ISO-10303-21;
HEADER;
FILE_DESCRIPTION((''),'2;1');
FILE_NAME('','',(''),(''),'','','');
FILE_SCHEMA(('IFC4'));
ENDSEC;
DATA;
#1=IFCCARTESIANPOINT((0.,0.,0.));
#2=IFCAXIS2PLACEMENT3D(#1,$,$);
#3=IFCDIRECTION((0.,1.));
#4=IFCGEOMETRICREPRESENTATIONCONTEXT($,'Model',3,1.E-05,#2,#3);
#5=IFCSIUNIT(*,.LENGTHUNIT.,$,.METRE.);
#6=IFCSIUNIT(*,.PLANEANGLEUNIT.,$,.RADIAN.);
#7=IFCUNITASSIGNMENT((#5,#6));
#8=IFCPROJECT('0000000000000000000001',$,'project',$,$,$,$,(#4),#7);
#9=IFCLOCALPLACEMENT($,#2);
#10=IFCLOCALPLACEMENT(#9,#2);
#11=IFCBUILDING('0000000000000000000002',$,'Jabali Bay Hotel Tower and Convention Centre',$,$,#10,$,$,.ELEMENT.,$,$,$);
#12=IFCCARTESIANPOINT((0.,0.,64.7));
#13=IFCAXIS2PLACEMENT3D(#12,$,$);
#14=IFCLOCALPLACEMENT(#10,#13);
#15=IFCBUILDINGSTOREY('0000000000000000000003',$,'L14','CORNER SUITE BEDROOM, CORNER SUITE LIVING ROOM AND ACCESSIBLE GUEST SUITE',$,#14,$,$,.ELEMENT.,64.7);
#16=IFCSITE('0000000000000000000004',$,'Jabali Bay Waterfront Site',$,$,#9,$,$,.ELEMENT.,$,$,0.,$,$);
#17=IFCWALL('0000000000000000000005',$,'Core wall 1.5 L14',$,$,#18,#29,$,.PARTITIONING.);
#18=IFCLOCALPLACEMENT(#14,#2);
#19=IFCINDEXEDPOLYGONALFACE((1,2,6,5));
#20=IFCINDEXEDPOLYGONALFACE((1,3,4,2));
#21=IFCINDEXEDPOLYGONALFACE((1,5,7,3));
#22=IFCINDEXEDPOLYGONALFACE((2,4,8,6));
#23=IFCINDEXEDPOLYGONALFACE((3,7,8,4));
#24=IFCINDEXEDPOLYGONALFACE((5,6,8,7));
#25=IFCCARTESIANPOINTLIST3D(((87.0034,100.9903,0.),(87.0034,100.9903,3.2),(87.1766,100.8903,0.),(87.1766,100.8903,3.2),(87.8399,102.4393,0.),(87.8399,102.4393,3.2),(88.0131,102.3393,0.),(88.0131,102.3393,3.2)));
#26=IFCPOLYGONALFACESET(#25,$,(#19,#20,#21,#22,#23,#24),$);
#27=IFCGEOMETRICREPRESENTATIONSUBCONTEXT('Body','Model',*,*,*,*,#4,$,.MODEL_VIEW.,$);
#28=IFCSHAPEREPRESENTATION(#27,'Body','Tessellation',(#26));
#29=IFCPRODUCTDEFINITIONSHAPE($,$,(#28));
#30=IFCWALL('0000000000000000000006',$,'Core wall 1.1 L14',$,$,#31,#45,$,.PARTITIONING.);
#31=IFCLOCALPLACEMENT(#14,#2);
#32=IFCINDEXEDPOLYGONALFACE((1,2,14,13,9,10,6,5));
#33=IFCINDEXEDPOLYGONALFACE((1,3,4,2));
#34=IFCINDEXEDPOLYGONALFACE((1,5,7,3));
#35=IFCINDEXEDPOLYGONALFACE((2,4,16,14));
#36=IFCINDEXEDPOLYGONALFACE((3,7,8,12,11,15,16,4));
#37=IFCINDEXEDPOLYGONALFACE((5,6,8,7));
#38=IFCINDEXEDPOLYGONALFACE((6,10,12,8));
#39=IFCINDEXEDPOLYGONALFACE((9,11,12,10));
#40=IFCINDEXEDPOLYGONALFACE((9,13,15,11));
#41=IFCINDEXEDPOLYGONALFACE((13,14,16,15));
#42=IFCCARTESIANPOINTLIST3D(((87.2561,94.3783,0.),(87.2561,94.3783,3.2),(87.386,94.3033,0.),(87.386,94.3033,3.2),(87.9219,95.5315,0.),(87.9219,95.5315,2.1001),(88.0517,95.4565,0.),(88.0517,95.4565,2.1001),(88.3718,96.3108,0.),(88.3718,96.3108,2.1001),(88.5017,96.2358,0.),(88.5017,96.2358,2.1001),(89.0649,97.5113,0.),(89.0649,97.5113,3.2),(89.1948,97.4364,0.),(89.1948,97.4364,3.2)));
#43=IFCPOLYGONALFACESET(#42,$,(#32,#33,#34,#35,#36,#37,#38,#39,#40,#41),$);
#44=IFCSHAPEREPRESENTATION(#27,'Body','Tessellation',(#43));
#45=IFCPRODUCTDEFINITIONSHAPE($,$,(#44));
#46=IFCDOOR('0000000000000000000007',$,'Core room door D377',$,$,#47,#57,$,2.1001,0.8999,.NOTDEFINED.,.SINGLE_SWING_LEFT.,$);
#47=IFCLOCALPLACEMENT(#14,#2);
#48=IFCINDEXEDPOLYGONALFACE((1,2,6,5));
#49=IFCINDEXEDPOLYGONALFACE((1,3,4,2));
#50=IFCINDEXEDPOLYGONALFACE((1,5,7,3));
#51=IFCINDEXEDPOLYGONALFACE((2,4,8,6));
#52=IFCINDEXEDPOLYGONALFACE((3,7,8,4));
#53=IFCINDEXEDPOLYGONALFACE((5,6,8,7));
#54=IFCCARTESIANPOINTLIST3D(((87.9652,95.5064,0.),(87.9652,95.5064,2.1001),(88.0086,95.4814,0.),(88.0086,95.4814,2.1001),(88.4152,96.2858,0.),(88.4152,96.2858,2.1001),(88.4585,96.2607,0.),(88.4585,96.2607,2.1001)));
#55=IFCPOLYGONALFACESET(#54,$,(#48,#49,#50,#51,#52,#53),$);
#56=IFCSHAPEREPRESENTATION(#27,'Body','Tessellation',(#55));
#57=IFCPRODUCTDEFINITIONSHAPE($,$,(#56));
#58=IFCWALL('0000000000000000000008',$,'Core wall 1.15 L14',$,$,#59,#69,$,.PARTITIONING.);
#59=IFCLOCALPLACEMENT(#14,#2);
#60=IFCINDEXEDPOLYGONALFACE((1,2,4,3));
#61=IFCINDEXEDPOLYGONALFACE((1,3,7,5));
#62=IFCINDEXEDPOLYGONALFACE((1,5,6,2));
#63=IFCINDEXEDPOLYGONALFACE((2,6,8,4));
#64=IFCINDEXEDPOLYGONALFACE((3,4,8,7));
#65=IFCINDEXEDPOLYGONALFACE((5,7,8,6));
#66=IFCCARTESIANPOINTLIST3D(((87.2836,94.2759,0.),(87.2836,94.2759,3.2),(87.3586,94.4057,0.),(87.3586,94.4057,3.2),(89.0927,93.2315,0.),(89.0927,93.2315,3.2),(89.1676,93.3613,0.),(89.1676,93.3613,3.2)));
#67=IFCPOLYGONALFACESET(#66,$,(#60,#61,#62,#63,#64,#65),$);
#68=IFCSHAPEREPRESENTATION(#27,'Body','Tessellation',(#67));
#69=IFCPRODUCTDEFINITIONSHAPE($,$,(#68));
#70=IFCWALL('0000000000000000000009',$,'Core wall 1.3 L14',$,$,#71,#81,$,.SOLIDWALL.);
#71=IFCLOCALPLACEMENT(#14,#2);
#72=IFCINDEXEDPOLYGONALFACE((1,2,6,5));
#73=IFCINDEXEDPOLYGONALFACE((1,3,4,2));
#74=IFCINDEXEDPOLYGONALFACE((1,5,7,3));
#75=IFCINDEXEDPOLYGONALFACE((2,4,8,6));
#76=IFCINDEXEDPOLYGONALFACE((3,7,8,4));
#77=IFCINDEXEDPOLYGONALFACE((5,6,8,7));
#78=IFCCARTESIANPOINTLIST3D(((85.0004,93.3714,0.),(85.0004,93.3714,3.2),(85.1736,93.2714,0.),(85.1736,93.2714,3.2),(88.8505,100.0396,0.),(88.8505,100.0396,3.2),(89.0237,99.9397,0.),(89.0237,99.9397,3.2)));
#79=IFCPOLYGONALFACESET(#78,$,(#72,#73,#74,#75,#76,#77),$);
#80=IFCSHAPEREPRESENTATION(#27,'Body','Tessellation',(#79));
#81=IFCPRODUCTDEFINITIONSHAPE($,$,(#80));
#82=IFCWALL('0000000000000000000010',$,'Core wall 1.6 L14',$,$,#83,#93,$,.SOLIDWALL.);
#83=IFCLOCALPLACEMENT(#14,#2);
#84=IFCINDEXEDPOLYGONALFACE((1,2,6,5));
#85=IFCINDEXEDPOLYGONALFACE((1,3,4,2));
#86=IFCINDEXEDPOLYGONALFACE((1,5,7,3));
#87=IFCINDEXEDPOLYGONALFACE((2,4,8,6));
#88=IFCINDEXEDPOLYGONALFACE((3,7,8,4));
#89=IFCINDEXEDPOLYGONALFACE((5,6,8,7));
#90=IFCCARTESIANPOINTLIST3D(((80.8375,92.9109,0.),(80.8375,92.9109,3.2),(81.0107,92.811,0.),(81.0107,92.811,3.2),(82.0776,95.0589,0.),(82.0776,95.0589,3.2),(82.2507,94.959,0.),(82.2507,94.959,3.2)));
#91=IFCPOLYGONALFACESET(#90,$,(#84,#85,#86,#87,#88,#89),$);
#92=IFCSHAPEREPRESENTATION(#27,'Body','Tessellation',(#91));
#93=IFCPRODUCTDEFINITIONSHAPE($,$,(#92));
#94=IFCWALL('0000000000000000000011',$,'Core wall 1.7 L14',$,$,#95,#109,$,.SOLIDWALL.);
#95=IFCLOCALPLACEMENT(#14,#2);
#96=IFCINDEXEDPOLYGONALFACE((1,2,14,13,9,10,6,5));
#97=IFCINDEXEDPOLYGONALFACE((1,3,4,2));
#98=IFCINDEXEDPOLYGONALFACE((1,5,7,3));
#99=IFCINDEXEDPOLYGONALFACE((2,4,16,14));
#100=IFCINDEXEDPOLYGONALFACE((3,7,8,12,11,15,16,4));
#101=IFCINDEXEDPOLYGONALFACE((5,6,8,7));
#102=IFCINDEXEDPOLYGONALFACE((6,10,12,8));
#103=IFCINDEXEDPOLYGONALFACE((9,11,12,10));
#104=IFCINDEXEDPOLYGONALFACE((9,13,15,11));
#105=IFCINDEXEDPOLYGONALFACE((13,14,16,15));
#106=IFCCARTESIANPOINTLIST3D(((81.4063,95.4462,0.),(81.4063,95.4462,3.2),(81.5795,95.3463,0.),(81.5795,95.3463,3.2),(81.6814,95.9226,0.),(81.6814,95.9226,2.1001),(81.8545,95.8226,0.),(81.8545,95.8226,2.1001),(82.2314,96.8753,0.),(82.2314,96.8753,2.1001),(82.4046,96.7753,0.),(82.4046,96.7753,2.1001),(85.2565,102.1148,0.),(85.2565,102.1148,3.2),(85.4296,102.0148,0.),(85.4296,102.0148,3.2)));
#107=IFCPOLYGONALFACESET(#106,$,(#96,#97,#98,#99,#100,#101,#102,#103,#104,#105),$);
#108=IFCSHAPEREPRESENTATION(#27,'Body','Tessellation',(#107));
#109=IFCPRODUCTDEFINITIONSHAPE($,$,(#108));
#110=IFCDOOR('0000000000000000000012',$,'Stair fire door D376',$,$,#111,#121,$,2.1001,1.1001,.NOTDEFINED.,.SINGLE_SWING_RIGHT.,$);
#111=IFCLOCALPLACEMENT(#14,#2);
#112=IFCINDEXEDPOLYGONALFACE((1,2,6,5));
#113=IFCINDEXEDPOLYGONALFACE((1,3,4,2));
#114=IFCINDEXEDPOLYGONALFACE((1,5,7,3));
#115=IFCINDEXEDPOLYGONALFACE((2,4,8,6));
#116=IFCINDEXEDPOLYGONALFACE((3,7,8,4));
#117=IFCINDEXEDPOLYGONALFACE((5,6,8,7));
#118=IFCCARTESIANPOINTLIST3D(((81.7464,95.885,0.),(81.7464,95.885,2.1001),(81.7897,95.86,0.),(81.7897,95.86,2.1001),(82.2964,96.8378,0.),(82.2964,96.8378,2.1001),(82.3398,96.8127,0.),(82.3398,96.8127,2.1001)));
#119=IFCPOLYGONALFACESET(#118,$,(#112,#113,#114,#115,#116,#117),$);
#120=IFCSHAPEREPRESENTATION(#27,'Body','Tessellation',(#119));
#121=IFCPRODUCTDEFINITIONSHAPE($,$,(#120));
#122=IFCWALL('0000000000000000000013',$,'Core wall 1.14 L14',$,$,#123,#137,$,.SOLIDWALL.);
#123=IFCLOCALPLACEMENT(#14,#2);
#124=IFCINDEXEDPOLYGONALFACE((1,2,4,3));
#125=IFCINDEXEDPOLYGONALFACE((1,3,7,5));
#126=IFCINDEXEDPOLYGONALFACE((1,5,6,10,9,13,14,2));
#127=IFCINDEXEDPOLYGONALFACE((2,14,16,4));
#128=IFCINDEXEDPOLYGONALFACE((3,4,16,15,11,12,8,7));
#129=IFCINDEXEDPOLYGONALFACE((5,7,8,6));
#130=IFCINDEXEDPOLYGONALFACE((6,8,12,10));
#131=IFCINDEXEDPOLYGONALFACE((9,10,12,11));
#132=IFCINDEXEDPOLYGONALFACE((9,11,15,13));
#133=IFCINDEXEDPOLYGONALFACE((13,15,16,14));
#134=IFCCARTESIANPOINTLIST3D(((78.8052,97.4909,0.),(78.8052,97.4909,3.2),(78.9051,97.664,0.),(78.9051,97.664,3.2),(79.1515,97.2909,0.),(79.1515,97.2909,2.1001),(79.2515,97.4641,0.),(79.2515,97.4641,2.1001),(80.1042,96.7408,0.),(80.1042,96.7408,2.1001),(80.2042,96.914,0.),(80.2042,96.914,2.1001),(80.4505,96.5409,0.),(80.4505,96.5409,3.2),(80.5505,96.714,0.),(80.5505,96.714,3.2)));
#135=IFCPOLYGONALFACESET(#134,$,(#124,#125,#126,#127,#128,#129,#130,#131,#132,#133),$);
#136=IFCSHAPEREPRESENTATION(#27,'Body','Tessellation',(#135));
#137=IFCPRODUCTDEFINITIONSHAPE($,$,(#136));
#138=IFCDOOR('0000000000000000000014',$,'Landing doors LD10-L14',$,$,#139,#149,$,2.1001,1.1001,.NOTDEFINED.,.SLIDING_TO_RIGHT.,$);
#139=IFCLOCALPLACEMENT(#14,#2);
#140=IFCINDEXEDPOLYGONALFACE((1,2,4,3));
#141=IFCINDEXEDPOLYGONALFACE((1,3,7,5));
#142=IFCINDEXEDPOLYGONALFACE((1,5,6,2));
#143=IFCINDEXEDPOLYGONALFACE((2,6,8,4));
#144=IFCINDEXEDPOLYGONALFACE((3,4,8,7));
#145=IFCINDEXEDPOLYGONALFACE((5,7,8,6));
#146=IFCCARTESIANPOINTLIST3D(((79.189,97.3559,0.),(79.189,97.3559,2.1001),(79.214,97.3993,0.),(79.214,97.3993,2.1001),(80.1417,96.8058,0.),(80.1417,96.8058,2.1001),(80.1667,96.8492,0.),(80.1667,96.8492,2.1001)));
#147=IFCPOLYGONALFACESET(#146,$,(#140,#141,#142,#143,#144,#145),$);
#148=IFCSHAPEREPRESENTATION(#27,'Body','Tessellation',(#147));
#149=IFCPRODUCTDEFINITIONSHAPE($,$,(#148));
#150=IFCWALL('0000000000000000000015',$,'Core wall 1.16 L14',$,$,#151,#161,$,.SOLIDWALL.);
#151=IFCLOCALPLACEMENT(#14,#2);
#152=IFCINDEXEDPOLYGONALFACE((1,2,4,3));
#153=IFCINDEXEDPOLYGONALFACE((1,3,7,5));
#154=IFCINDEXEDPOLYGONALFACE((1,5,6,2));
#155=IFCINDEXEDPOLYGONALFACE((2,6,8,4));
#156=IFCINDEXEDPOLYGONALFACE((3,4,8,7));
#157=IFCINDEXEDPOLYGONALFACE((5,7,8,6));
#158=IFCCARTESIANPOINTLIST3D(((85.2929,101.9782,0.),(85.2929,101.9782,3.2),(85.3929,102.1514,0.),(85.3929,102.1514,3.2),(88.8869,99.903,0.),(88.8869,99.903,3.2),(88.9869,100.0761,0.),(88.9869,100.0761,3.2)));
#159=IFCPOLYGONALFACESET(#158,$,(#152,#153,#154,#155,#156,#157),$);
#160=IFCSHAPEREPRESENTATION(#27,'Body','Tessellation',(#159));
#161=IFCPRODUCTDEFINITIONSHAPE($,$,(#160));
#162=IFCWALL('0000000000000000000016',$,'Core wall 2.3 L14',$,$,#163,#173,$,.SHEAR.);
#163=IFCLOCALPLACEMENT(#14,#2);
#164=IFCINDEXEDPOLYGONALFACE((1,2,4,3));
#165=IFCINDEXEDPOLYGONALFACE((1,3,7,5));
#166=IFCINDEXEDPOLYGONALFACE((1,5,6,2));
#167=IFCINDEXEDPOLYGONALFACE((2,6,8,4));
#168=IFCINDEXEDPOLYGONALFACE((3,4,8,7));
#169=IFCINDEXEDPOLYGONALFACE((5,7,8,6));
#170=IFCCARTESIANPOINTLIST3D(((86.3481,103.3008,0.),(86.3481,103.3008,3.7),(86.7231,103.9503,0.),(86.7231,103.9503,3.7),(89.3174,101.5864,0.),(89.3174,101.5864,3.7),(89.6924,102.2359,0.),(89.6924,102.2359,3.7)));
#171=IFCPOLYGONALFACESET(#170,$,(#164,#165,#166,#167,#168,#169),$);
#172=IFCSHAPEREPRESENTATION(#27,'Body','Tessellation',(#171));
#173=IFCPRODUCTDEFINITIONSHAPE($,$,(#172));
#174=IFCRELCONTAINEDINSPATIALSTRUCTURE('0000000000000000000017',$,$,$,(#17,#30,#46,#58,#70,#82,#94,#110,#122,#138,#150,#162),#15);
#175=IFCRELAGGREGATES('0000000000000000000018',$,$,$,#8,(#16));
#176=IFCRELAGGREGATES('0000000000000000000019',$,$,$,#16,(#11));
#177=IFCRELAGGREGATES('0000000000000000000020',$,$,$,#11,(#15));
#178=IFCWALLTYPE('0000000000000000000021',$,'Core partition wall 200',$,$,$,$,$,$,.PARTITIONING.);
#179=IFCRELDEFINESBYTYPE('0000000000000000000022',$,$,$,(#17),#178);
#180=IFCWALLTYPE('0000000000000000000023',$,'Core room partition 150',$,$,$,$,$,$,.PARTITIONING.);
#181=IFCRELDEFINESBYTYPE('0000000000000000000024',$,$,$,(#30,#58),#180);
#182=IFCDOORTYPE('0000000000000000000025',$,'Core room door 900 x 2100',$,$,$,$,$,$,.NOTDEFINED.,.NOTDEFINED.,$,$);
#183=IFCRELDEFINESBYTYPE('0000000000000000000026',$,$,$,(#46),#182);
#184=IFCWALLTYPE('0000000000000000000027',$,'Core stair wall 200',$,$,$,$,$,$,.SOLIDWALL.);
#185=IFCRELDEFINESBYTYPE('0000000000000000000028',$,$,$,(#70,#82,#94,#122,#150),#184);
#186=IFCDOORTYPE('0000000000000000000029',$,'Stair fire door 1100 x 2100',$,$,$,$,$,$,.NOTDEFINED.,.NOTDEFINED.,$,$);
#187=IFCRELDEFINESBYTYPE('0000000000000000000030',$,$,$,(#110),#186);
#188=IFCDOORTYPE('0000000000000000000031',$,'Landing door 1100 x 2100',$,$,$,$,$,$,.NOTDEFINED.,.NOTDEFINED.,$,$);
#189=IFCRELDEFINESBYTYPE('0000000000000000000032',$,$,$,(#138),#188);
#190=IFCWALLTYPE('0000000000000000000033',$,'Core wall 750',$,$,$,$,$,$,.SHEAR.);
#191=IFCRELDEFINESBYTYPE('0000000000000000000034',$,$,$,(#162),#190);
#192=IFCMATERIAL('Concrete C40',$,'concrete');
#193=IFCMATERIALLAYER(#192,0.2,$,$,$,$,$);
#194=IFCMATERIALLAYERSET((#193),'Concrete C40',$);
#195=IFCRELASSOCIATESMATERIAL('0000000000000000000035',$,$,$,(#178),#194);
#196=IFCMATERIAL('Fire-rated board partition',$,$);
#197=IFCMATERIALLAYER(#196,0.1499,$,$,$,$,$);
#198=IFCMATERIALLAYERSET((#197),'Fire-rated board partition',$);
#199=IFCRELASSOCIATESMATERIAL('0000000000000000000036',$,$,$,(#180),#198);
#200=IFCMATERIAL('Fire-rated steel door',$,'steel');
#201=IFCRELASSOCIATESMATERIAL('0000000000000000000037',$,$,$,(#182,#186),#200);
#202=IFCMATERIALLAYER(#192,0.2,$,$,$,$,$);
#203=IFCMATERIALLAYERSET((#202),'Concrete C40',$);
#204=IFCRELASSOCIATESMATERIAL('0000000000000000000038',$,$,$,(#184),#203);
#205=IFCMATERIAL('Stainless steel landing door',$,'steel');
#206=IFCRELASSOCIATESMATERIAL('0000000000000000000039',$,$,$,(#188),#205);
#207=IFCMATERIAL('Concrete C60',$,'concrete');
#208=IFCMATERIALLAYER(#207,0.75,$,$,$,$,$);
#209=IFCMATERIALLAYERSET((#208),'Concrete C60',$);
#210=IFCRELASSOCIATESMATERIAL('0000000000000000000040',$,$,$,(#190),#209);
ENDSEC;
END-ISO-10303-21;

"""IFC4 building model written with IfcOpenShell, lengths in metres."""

from ifc_helpers import new_model, si_unit, direction, frame, frame_2d, origin, place, context, subcontext, project, spatial, rectangle, extrude, material, layer, layer_set, type_object, element, fill, save


model = new_model("IFC4")

# Units and contexts
model_context = context("Model", 3, precision=1e-05, world=origin(), true_north=direction((0.0, 1.0)))
body_context = subcontext(model_context, "Body", "Model", "MODEL_VIEW")
ifc_project = project(units=[si_unit("LENGTHUNIT", "METRE"), si_unit("PLANEANGLEUNIT", "RADIAN")], contexts=[model_context])

# Site, building, storey
site_placement = place(None, origin())
site = spatial("IfcSite", under=ifc_project, at=site_placement, Name="Jabali Bay Waterfront Site", CompositionType="ELEMENT", RefElevation=0.0)
building_placement = place(site_placement, origin())
building = spatial("IfcBuilding", under=site, at=building_placement, Name="Jabali Bay Hotel Tower and Convention Centre", CompositionType="ELEMENT")
storey_placement = place(building_placement, frame((0.0, 0.0, 64.7)))
storey = spatial("IfcBuildingStorey", under=building, at=storey_placement, Name="L14", Description="CORNER SUITE BEDROOM, CORNER SUITE LIVING ROOM AND ACCESSIBLE GUEST SUITE", CompositionType="ELEMENT", Elevation=64.7)

# Wall
ifc_material_1 = material(Name="Concrete C40", Category="concrete")
ifc_layer_1 = layer(ifc_material_1, 0.2)
ifc_layer_set_1 = layer_set([ifc_layer_1], Name="Concrete C40")
wall_type_1 = type_object("IfcWallType", Name="Core partition wall 200", PredefinedType="PARTITIONING", material=ifc_layer_set_1)
wall_1_placement = place(storey_placement, frame((87.0901, 100.9404, 0.0), z_axis=(0.0, 0.0, 1.0), x_axis=(0.499937, 0.866062, 0.0)))
element("IfcWall", 1, at=wall_1_placement, inside=storey, type_object=wall_type_1, Name="Core wall 1.5 L14", PredefinedType="PARTITIONING", context=body_context, shape_type="SweptSolid", body=[
    extrude(rectangle(XDim=1.6731, YDim=0.2, at=frame_2d((0.8364, 0.0))), origin(), (0.0, 0.0, 1.0), 3.2),
])

# Wall, opening, door
ifc_material_2 = material(Name="Fire-rated board partition")
ifc_layer_2 = layer(ifc_material_2, 0.1499)
ifc_layer_set_2 = layer_set([ifc_layer_2], Name="Fire-rated board partition")
wall_type_2 = type_object("IfcWallType", Name="Core room partition 150", PredefinedType="PARTITIONING", material=ifc_layer_set_2)
wall_2_placement = place(storey_placement, frame((87.321, 94.3408, 0.0), z_axis=(0.0, 0.0, 1.0), x_axis=(0.499993, 0.866029, 0.0)))
wall_2 = element("IfcWall", 2, at=wall_2_placement, inside=storey, type_object=wall_type_2, Name="Core wall 1.1 L14", PredefinedType="PARTITIONING", context=body_context, shape_type="SweptSolid", body=[
    extrude(rectangle(XDim=3.6177, YDim=0.1499, at=frame_2d((1.8088, 0.0))), origin(), (0.0, 0.0, 1.0), 3.2),
])
opening_1_placement = place(wall_2_placement, frame((1.3315, 0.0, 0.0)))
opening_1 = element("IfcOpeningElement", 3, at=opening_1_placement, cuts=wall_2, PredefinedType="OPENING", context=body_context, shape_type="SweptSolid", body=[
    extrude(rectangle(XDim=0.8999, YDim=2.1001, at=frame_2d((0.45, 1.05))), frame((0.0, 0.0854, 0.0), z_axis=(0.0, -1.0, 0.0), x_axis=(1.0, 0.0, 0.0)), (0.0, 0.0, 1.0), 0.1709),
])
ifc_material_3 = material(Name="Fire-rated steel door", Category="steel")
door_type_1 = type_object("IfcDoorType", Name="Core room door 900 x 2100", OperationType="NOTDEFINED", PredefinedType="NOTDEFINED", material=ifc_material_3)
door_1_placement = place(opening_1_placement, origin())
door_1 = element("IfcDoor", 4, at=door_1_placement, inside=storey, type_object=door_type_1, Name="Core room door D377", OperationType="SINGLE_SWING_LEFT", OverallHeight=2.1001, OverallWidth=0.8999, PredefinedType="NOTDEFINED", context=body_context, shape_type="SweptSolid", body=[
    extrude(rectangle(XDim=0.8999, YDim=2.1001, at=frame_2d((0.45, 1.05))), frame((0.0, 0.0249, 0.0), z_axis=(0.0, -1.0, 0.0), x_axis=(1.0, 0.0, 0.0)), (0.0, 0.0, 1.0), 0.05),
])
fill(opening_1, door_1)

# Walls
wall_3_placement = place(storey_placement, frame((89.1301, 93.2964, 0.0), z_axis=(0.0, 0.0, 1.0), x_axis=(-0.866034, 0.499985, 0.0)))
element("IfcWall", 5, at=wall_3_placement, inside=storey, type_object=wall_type_2, Name="Core wall 1.15 L14", PredefinedType="PARTITIONING", context=body_context, shape_type="SweptSolid", body=[
    extrude(rectangle(XDim=2.0889, YDim=0.1499, at=frame_2d((1.0444, 0.0))), origin(), (0.0, 0.0, 1.0), 3.2),
])
ifc_layer_3 = layer(ifc_material_1, 0.2)
ifc_layer_set_3 = layer_set([ifc_layer_3], Name="Concrete C40")
wall_type_3 = type_object("IfcWallType", Name="Core stair wall 200", PredefinedType="SOLIDWALL", material=ifc_layer_set_3)
wall_4_placement = place(storey_placement, frame((85.0869, 93.3213, 0.0), z_axis=(0.0, 0.0, 1.0), x_axis=(0.50002, 0.866014, 0.0)))
element("IfcWall", 6, at=wall_4_placement, inside=storey, type_object=wall_type_3, Name="Core wall 1.3 L14", PredefinedType="SOLIDWALL", context=body_context, shape_type="SweptSolid", body=[
    extrude(rectangle(XDim=7.7, YDim=0.2, at=frame_2d((3.8501, 0.0))), origin(), (0.0, 0.0, 1.0), 3.2),
])
wall_5_placement = place(storey_placement, frame((80.9241, 92.8608, 0.0), z_axis=(0.0, 0.0, 1.0), x_axis=(0.499961, 0.866048, 0.0)))
element("IfcWall", 7, at=wall_5_placement, inside=storey, type_object=wall_type_3, Name="Core wall 1.6 L14", PredefinedType="SOLIDWALL", context=body_context, shape_type="SweptSolid", body=[
    extrude(rectangle(XDim=2.4802, YDim=0.2, at=frame_2d((1.2402, 0.0))), origin(), (0.0, 0.0, 1.0), 3.2),
])

# Walls, openings, doors
wall_6_placement = place(storey_placement, frame((81.4929, 95.3962, 0.0), z_axis=(0.0, 0.0, 1.0), x_axis=(0.500006, 0.866022, 0.0)))
wall_6 = element("IfcWall", 8, at=wall_6_placement, inside=storey, type_object=wall_type_3, Name="Core wall 1.7 L14", PredefinedType="SOLIDWALL", context=body_context, shape_type="SweptSolid", body=[
    extrude(rectangle(XDim=7.7002, YDim=0.2, at=frame_2d((3.8501, 0.0))), origin(), (0.0, 0.0, 1.0), 3.2),
])
opening_2_placement = place(wall_6_placement, frame((0.55, 0.0, 0.0)))
opening_2 = element("IfcOpeningElement", 9, at=opening_2_placement, cuts=wall_6, PredefinedType="OPENING", context=body_context, shape_type="SweptSolid", body=[
    extrude(rectangle(XDim=1.1001, YDim=2.1001, at=frame_2d((0.55, 1.05))), frame((0.0, 0.1104, 0.0), z_axis=(0.0, -1.0, 0.0), x_axis=(1.0, 0.0, 0.0)), (0.0, 0.0, 1.0), 0.2209),
])
door_type_2 = type_object("IfcDoorType", Name="Stair fire door 1100 x 2100", OperationType="NOTDEFINED", PredefinedType="NOTDEFINED", material=ifc_material_3)
door_2_placement = place(opening_2_placement, origin())
door_2 = element("IfcDoor", 10, at=door_2_placement, inside=storey, type_object=door_type_2, Name="Stair fire door D376", OperationType="SINGLE_SWING_RIGHT", OverallHeight=2.1001, OverallWidth=1.1001, PredefinedType="NOTDEFINED", context=body_context, shape_type="SweptSolid", body=[
    extrude(rectangle(XDim=1.1001, YDim=2.1001, at=frame_2d((0.55, 1.05))), frame((0.0, 0.0249, 0.0), z_axis=(0.0, -1.0, 0.0), x_axis=(1.0, 0.0, 0.0)), (0.0, 0.0, 1.0), 0.05),
])
fill(opening_2, door_2)
wall_7_placement = place(storey_placement, frame((80.5005, 96.6274, 0.0), z_axis=(0.0, 0.0, 1.0), x_axis=(-0.866012, 0.500023, 0.0)))
wall_7 = element("IfcWall", 11, at=wall_7_placement, inside=storey, type_object=wall_type_3, Name="Core wall 1.14 L14", PredefinedType="SOLIDWALL", context=body_context, shape_type="SweptSolid", body=[
    extrude(rectangle(XDim=1.8999, YDim=0.2, at=frame_2d((0.95, 0.0))), origin(), (0.0, 0.0, 1.0), 3.2),
])
opening_3_placement = place(wall_7_placement, frame((0.3999, 0.0, 0.0)))
opening_3 = element("IfcOpeningElement", 12, at=opening_3_placement, cuts=wall_7, PredefinedType="OPENING", context=body_context, shape_type="SweptSolid", body=[
    extrude(rectangle(XDim=1.1001, YDim=2.1001, at=frame_2d((0.55, 1.05))), frame((0.0, 0.1104, 0.0), z_axis=(0.0, -1.0, 0.0), x_axis=(1.0, 0.0, 0.0)), (0.0, 0.0, 1.0), 0.2209),
])
ifc_material_4 = material(Name="Stainless steel landing door", Category="steel")
door_type_3 = type_object("IfcDoorType", Name="Landing door 1100 x 2100", OperationType="NOTDEFINED", PredefinedType="NOTDEFINED", material=ifc_material_4)
door_3_placement = place(opening_3_placement, origin())
door_3 = element("IfcDoor", 13, at=door_3_placement, inside=storey, type_object=door_type_3, Name="Landing doors LD10-L14", OperationType="SLIDING_TO_RIGHT", OverallHeight=2.1001, OverallWidth=1.1001, PredefinedType="NOTDEFINED", context=body_context, shape_type="SweptSolid", body=[
    extrude(rectangle(XDim=1.1001, YDim=2.1001, at=frame_2d((0.55, 1.05))), frame((0.0, 0.0249, 0.0), z_axis=(0.0, -1.0, 0.0), x_axis=(1.0, 0.0, 0.0)), (0.0, 0.0, 1.0), 0.05),
])
fill(opening_3, door_3)

# Walls
wall_8_placement = place(storey_placement, frame((88.937, 99.9895, 0.0), z_axis=(0.0, 0.0, 1.0), x_axis=(-0.866004, 0.500036, 0.0)))
element("IfcWall", 14, at=wall_8_placement, inside=storey, type_object=wall_type_3, Name="Core wall 1.16 L14", PredefinedType="SOLIDWALL", context=body_context, shape_type="SweptSolid", body=[
    extrude(rectangle(XDim=4.1501, YDim=0.2, at=frame_2d((2.0752, 0.0))), origin(), (0.0, 0.0, 1.0), 3.2),
])
ifc_material_5 = material(Name="Concrete C60", Category="concrete")
ifc_layer_4 = layer(ifc_material_5, 0.75)
ifc_layer_set_4 = layer_set([ifc_layer_4], Name="Concrete C60")
wall_type_4 = type_object("IfcWallType", Name="Core wall 750", PredefinedType="SHEAR", material=ifc_layer_set_4)
wall_9_placement = place(storey_placement, frame((89.5049, 101.9111, 0.0), z_axis=(0.0, 0.0, 1.0), x_axis=(-0.866017, 0.500014, 0.0)))
element("IfcWall", 15, at=wall_9_placement, inside=storey, type_object=wall_type_4, Name="Core wall 2.3 L14", PredefinedType="SHEAR", context=body_context, shape_type="SweptSolid", body=[
    extrude(rectangle(XDim=3.4287, YDim=0.75, at=frame_2d((1.7144, 0.0))), origin(), (0.0, 0.0, 1.0), 3.7),
])

save(model, "model.ifc")
